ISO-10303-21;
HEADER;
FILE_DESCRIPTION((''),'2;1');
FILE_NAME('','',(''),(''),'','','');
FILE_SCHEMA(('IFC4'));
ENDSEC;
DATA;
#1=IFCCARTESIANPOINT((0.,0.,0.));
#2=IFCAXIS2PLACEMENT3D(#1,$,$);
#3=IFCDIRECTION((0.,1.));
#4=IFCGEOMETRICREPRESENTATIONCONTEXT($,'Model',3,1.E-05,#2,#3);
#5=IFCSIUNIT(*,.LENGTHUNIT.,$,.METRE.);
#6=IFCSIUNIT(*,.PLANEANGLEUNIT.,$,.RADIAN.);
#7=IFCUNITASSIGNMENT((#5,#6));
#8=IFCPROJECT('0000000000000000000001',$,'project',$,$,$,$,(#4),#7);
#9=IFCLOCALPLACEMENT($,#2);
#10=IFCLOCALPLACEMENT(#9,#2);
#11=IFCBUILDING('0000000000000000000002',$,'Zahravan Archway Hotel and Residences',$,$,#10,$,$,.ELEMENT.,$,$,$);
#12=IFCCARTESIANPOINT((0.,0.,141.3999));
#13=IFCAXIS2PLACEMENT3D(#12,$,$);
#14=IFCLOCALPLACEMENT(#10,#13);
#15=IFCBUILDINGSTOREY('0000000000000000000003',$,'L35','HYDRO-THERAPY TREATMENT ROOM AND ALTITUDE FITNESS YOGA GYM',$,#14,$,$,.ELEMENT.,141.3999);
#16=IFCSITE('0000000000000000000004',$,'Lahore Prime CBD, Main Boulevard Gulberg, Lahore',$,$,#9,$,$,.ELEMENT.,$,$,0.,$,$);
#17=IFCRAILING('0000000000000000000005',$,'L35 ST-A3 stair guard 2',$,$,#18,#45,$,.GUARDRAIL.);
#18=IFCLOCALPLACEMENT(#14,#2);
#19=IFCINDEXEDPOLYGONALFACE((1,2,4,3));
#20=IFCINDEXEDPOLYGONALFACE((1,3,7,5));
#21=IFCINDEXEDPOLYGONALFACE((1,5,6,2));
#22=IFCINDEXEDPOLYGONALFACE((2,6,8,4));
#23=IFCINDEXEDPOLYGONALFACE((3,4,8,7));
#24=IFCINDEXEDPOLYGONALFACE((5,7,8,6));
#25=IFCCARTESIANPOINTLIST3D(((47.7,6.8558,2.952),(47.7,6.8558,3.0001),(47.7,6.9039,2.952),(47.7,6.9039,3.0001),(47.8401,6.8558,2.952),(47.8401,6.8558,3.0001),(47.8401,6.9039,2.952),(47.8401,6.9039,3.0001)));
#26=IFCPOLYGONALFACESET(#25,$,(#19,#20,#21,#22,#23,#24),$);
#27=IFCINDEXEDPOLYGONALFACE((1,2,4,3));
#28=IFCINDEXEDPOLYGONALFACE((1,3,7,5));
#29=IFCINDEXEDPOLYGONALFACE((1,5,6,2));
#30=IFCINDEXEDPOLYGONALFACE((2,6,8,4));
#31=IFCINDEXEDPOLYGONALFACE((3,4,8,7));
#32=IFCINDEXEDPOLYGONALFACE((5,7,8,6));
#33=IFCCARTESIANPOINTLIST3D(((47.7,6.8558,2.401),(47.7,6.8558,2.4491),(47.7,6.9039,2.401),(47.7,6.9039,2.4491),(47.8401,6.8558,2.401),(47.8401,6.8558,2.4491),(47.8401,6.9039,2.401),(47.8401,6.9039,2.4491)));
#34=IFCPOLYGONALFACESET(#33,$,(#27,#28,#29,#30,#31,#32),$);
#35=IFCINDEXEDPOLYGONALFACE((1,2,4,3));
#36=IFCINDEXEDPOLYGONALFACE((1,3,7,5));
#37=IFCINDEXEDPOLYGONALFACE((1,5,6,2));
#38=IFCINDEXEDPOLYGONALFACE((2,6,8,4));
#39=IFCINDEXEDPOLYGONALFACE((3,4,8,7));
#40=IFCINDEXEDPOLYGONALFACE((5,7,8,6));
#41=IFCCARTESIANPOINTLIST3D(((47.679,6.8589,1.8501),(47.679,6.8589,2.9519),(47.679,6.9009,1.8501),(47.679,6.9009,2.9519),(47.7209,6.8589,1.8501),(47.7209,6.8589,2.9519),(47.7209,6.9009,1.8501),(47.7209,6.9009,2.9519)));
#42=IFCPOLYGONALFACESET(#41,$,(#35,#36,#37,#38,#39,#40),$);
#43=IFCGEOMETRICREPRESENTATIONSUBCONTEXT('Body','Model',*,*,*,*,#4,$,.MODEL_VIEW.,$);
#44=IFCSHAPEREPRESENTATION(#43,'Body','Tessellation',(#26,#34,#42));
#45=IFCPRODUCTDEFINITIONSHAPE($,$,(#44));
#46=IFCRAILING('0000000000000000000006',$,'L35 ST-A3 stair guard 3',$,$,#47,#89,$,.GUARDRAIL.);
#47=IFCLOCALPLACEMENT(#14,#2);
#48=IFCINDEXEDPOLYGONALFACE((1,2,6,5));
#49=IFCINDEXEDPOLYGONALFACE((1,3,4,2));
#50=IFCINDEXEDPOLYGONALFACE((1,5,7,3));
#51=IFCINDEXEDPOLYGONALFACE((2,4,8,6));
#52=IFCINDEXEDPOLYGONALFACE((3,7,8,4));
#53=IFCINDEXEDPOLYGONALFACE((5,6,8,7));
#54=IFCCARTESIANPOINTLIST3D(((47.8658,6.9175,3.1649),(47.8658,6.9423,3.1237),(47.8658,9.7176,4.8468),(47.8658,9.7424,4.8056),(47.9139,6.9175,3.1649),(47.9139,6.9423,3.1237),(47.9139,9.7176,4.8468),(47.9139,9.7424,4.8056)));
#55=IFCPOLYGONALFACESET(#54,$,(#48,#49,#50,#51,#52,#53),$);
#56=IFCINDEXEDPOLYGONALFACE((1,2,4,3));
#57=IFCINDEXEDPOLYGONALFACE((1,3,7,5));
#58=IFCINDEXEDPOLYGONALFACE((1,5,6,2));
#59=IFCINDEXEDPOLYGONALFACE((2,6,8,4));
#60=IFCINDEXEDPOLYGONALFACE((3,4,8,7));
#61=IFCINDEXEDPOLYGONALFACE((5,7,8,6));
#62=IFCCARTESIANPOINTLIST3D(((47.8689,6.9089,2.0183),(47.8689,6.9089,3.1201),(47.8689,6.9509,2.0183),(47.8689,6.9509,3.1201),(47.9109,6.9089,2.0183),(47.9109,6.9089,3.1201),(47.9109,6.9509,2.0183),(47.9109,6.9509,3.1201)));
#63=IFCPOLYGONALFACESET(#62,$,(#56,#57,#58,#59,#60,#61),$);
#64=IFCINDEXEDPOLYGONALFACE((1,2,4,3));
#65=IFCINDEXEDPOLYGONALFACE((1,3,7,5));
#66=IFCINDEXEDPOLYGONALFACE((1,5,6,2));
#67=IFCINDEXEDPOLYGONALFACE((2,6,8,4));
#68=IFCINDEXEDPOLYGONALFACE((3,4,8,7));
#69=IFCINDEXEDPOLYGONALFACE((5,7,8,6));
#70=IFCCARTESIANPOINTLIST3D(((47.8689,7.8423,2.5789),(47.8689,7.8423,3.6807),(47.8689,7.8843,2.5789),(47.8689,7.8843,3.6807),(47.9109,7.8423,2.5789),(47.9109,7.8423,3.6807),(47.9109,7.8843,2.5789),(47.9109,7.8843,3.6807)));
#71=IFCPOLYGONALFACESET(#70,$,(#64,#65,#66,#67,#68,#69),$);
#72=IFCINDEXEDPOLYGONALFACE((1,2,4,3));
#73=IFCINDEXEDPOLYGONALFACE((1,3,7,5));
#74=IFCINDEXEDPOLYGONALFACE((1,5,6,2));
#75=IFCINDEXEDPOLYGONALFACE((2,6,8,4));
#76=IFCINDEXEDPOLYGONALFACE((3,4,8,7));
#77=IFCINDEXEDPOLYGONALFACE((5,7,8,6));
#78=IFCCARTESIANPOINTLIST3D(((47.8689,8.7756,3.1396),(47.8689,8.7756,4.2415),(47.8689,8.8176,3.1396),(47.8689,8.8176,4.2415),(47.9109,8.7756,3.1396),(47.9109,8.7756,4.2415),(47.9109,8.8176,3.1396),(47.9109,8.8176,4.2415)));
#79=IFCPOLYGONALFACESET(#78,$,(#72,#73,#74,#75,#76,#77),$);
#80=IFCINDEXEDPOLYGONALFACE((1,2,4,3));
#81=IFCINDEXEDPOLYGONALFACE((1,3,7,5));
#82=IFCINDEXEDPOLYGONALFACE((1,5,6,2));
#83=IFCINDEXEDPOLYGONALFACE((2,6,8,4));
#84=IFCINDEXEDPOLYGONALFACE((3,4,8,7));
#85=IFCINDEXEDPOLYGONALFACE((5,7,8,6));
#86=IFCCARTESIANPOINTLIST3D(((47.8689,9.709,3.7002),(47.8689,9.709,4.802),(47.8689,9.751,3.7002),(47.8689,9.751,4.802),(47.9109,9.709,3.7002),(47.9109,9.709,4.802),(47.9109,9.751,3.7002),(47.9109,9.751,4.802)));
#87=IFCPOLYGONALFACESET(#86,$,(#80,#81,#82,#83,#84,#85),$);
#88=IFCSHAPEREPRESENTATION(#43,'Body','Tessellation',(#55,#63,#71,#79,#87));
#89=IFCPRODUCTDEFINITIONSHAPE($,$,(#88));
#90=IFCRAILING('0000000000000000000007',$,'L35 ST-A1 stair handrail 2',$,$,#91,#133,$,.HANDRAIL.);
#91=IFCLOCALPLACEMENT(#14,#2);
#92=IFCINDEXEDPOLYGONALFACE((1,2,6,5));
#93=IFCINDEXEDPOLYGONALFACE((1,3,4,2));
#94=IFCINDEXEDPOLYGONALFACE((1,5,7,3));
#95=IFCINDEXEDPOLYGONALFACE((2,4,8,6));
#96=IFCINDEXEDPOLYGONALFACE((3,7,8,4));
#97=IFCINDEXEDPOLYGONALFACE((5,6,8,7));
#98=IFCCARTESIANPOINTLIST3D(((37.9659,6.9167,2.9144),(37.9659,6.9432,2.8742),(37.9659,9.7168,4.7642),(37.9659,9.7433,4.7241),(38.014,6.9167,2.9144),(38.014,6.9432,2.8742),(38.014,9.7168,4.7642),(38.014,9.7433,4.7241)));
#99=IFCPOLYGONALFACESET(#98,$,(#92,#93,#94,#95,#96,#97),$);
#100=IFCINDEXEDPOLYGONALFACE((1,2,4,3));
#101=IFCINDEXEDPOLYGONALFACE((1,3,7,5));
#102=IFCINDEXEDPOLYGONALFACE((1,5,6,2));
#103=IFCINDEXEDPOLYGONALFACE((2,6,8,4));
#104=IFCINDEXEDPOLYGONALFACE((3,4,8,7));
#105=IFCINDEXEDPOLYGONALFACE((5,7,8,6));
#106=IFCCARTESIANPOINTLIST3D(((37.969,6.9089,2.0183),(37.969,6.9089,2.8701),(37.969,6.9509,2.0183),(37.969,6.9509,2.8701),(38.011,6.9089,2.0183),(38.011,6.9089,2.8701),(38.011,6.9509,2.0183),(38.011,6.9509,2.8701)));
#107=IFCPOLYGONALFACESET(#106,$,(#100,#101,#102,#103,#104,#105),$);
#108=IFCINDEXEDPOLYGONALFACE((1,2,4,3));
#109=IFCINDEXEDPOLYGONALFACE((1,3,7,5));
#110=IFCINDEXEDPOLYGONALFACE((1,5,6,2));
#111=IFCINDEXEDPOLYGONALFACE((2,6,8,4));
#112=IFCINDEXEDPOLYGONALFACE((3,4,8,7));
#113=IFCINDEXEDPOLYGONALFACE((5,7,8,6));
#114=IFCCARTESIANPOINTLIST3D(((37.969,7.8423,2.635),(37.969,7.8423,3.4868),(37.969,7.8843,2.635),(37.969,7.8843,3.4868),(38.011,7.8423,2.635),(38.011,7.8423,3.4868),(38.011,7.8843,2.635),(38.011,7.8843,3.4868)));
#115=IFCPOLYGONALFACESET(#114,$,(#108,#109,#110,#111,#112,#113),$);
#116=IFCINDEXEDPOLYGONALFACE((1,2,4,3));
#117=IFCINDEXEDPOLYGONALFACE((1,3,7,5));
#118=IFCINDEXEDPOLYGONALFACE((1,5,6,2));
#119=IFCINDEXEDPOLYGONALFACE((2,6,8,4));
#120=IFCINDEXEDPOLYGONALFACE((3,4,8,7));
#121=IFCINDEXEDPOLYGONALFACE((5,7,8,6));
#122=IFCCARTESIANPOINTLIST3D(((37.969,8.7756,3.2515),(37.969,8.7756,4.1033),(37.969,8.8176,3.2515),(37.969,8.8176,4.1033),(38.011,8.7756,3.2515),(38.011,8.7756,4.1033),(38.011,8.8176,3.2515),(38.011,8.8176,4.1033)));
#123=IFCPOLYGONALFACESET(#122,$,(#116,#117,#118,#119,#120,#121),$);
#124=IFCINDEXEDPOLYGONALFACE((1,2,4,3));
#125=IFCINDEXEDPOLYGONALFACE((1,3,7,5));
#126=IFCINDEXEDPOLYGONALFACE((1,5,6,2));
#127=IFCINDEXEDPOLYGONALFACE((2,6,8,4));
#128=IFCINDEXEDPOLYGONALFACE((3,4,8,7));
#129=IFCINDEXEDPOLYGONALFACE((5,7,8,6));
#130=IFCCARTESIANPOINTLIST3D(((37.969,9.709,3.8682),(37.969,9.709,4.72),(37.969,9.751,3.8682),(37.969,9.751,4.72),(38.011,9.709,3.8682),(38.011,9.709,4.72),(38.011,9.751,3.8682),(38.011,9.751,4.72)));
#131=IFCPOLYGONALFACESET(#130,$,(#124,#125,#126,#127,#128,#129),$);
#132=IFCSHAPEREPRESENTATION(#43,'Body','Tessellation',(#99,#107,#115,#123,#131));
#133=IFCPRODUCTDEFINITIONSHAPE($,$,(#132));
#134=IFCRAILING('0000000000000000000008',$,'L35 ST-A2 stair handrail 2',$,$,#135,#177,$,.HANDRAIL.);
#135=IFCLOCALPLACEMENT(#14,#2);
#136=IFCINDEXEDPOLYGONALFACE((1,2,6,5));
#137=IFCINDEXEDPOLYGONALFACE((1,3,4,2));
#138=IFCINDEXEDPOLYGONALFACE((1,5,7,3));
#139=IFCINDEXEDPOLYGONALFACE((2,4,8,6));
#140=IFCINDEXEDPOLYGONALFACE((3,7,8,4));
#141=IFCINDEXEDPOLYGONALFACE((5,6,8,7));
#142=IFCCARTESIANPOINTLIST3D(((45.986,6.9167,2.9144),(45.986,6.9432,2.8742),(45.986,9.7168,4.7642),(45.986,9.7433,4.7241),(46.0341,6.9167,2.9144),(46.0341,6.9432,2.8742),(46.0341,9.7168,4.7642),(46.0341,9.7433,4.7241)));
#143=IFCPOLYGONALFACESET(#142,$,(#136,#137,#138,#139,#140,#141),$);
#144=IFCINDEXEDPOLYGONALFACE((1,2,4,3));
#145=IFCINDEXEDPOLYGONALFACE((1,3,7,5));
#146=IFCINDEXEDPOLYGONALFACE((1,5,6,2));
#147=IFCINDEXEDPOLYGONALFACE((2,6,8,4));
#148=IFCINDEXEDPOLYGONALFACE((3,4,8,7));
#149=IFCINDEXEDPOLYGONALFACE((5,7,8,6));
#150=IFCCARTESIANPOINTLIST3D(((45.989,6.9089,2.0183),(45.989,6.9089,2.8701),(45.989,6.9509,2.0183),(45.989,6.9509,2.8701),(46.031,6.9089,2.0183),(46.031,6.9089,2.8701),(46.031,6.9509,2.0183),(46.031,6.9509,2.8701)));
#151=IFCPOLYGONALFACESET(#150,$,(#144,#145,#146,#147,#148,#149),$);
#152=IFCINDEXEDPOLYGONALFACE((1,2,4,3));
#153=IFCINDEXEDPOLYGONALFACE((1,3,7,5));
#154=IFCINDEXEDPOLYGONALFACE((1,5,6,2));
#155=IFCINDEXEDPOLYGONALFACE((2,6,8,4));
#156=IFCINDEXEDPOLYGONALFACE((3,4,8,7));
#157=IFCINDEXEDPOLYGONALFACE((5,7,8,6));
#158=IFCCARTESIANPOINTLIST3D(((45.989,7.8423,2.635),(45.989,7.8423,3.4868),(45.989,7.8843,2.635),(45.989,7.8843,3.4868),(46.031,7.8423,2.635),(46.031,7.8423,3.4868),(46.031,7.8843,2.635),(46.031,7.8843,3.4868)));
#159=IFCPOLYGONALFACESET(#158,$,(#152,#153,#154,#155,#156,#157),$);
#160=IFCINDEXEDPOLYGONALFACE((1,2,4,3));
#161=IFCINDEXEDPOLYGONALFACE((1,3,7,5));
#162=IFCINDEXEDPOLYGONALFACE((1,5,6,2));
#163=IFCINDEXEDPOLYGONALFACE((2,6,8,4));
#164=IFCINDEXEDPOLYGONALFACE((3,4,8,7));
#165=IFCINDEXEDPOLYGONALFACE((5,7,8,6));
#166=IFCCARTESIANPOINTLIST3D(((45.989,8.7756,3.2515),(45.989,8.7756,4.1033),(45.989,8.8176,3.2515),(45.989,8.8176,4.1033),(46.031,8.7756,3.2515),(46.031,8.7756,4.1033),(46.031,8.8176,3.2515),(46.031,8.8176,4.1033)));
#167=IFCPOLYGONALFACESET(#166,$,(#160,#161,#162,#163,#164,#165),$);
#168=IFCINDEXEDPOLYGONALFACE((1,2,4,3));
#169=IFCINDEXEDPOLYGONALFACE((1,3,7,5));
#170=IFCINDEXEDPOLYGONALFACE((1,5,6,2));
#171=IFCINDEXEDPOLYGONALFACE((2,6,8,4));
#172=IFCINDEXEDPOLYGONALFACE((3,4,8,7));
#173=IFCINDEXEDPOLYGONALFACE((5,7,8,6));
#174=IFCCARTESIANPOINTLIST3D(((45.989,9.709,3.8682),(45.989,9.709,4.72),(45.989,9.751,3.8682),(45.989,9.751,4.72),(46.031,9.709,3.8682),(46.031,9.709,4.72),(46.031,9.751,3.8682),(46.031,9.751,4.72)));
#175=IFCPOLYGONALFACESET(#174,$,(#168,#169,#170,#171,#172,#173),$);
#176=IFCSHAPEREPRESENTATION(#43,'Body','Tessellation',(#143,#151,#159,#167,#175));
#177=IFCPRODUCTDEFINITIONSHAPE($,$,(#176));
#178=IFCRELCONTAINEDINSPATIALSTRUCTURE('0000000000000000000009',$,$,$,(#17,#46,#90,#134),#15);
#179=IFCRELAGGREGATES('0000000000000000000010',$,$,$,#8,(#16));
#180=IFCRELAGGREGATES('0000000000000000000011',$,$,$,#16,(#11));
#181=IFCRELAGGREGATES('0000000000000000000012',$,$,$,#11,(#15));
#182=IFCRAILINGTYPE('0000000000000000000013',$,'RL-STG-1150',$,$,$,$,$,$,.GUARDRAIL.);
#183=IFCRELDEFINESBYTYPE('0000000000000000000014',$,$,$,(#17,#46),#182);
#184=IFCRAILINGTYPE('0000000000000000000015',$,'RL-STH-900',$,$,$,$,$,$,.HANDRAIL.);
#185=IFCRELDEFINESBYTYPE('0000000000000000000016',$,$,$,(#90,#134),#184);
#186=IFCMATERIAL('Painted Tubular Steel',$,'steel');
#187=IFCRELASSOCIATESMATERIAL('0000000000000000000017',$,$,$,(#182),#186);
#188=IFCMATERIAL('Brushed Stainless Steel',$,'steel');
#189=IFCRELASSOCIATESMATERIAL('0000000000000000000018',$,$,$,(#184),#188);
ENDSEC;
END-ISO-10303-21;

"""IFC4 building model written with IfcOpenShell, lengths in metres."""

from ifc_helpers import new_model, si_unit, direction, frame, origin, origin_2d, place, context, subcontext, project, spatial, rectangle, extrude, material, type_object, element, save


model = new_model("IFC4")

# Units and contexts
model_context = context("Model", 3, precision=1e-05, world=origin(), true_north=direction((0.0, 1.0)))
body_context = subcontext(model_context, "Body", "Model", "MODEL_VIEW")
ifc_project = project(units=[si_unit("LENGTHUNIT", "METRE"), si_unit("PLANEANGLEUNIT", "RADIAN")], contexts=[model_context])

# Site, building, storey
site_placement = place(None, origin())
site = spatial("IfcSite", under=ifc_project, at=site_placement, Name="Lahore Prime CBD, Main Boulevard Gulberg, Lahore", CompositionType="ELEMENT", RefElevation=0.0)
building_placement = place(site_placement, origin())
building = spatial("IfcBuilding", under=site, at=building_placement, Name="Zahravan Archway Hotel and Residences", CompositionType="ELEMENT")
storey_placement = place(building_placement, frame((0.0, 0.0, 141.3999)))
storey = spatial("IfcBuildingStorey", under=building, at=storey_placement, Name="L35", Description="HYDRO-THERAPY TREATMENT ROOM AND ALTITUDE FITNESS YOGA GYM", CompositionType="ELEMENT", Elevation=141.3999)

# Railings
ifc_material_1 = material(Name="Painted Tubular Steel", Category="steel")
railing_type_1 = type_object("IfcRailingType", Name="RL-STG-1150", PredefinedType="GUARDRAIL", material=ifc_material_1)
railing_1_placement = place(storey_placement, frame((47.7, 6.8799, 1.8501)))
element("IfcRailing", 1, at=railing_1_placement, inside=storey, type_object=railing_type_1, Name="L35 ST-A3 stair guard 2", PredefinedType="GUARDRAIL", context=body_context, shape_type="SweptSolid", body=[
    extrude(rectangle(XDim=0.0481, YDim=0.0481, at=origin_2d()), frame((0.0, 0.0, 1.126), z_axis=(1.0, 0.0, 0.0), x_axis=(0.0, 1.0, 0.0)), (0.0, 0.0, 1.0), 0.1401),
    extrude(rectangle(XDim=0.0481, YDim=0.0481, at=origin_2d()), frame((0.0, 0.0, 0.575), z_axis=(1.0, 0.0, 0.0), x_axis=(0.0, 1.0, 0.0)), (0.0, 0.0, 1.0), 0.1401),
    extrude(rectangle(XDim=0.042, YDim=0.042, at=origin_2d()), origin(), (0.0, 0.0, 1.0), 1.1018),
])
railing_2_placement = place(storey_placement, frame((47.8899, 6.9299, 2.0183)))
element("IfcRailing", 2, at=railing_2_placement, inside=storey, type_object=railing_type_1, Name="L35 ST-A3 stair guard 3", PredefinedType="GUARDRAIL", context=body_context, shape_type="SweptSolid", body=[
    extrude(rectangle(XDim=0.0481, YDim=0.0481, at=origin_2d()), frame((0.0, 0.0, 1.126), z_axis=(0.0, 0.857242, 0.514913), x_axis=(-1.0, 0.0, 0.0)), (0.0, 0.0, 1.0), 3.2664),
    extrude(rectangle(XDim=0.042, YDim=0.042, at=origin_2d()), origin(), (0.0, 0.0, 1.0), 1.1018),
    extrude(rectangle(XDim=0.042, YDim=0.042, at=origin_2d()), frame((0.0, 0.9333, 0.5605)), (0.0, 0.0, 1.0), 1.1018),
    extrude(rectangle(XDim=0.042, YDim=0.042, at=origin_2d()), frame((0.0, 1.8667, 1.1213)), (0.0, 0.0, 1.0), 1.1018),
    extrude(rectangle(XDim=0.042, YDim=0.042, at=origin_2d()), frame((0.0, 2.8, 1.6819)), (0.0, 0.0, 1.0), 1.1018),
])
ifc_material_2 = material(Name="Brushed Stainless Steel", Category="steel")
railing_type_2 = type_object("IfcRailingType", Name="RL-STH-900", PredefinedType="HANDRAIL", material=ifc_material_2)
for number, where, name in (
    (3, (37.99, 6.9299, 2.0183), "L35 ST-A1 stair handrail 2"),
    (4, (46.01, 6.9299, 2.0183), "L35 ST-A2 stair handrail 2"),
):
    element("IfcRailing", number, at=place(storey_placement, frame(where)), inside=storey, type_object=railing_type_2, Name=name, PredefinedType="HANDRAIL", context=body_context, shape_type="SweptSolid", body=[
        extrude(rectangle(XDim=0.0481, YDim=0.0481, at=origin_2d()), frame((0.0, 0.0, 0.876), z_axis=(0.0, 0.83436, 0.55122), x_axis=(-1.0, 0.0, 0.0)), (0.0, 0.0, 1.0), 3.356),
        extrude(rectangle(XDim=0.042, YDim=0.042, at=origin_2d()), origin(), (0.0, 0.0, 1.0), 0.8518),
        extrude(rectangle(XDim=0.042, YDim=0.042, at=origin_2d()), frame((0.0, 0.9333, 0.6167)), (0.0, 0.0, 1.0), 0.8518),
        extrude(rectangle(XDim=0.042, YDim=0.042, at=origin_2d()), frame((0.0, 1.8667, 1.2332)), (0.0, 0.0, 1.0), 0.8518),
        extrude(rectangle(XDim=0.042, YDim=0.042, at=origin_2d()), frame((0.0, 2.8, 1.8499)), (0.0, 0.0, 1.0), 0.8518),
    ])

save(model, "model.ifc")
